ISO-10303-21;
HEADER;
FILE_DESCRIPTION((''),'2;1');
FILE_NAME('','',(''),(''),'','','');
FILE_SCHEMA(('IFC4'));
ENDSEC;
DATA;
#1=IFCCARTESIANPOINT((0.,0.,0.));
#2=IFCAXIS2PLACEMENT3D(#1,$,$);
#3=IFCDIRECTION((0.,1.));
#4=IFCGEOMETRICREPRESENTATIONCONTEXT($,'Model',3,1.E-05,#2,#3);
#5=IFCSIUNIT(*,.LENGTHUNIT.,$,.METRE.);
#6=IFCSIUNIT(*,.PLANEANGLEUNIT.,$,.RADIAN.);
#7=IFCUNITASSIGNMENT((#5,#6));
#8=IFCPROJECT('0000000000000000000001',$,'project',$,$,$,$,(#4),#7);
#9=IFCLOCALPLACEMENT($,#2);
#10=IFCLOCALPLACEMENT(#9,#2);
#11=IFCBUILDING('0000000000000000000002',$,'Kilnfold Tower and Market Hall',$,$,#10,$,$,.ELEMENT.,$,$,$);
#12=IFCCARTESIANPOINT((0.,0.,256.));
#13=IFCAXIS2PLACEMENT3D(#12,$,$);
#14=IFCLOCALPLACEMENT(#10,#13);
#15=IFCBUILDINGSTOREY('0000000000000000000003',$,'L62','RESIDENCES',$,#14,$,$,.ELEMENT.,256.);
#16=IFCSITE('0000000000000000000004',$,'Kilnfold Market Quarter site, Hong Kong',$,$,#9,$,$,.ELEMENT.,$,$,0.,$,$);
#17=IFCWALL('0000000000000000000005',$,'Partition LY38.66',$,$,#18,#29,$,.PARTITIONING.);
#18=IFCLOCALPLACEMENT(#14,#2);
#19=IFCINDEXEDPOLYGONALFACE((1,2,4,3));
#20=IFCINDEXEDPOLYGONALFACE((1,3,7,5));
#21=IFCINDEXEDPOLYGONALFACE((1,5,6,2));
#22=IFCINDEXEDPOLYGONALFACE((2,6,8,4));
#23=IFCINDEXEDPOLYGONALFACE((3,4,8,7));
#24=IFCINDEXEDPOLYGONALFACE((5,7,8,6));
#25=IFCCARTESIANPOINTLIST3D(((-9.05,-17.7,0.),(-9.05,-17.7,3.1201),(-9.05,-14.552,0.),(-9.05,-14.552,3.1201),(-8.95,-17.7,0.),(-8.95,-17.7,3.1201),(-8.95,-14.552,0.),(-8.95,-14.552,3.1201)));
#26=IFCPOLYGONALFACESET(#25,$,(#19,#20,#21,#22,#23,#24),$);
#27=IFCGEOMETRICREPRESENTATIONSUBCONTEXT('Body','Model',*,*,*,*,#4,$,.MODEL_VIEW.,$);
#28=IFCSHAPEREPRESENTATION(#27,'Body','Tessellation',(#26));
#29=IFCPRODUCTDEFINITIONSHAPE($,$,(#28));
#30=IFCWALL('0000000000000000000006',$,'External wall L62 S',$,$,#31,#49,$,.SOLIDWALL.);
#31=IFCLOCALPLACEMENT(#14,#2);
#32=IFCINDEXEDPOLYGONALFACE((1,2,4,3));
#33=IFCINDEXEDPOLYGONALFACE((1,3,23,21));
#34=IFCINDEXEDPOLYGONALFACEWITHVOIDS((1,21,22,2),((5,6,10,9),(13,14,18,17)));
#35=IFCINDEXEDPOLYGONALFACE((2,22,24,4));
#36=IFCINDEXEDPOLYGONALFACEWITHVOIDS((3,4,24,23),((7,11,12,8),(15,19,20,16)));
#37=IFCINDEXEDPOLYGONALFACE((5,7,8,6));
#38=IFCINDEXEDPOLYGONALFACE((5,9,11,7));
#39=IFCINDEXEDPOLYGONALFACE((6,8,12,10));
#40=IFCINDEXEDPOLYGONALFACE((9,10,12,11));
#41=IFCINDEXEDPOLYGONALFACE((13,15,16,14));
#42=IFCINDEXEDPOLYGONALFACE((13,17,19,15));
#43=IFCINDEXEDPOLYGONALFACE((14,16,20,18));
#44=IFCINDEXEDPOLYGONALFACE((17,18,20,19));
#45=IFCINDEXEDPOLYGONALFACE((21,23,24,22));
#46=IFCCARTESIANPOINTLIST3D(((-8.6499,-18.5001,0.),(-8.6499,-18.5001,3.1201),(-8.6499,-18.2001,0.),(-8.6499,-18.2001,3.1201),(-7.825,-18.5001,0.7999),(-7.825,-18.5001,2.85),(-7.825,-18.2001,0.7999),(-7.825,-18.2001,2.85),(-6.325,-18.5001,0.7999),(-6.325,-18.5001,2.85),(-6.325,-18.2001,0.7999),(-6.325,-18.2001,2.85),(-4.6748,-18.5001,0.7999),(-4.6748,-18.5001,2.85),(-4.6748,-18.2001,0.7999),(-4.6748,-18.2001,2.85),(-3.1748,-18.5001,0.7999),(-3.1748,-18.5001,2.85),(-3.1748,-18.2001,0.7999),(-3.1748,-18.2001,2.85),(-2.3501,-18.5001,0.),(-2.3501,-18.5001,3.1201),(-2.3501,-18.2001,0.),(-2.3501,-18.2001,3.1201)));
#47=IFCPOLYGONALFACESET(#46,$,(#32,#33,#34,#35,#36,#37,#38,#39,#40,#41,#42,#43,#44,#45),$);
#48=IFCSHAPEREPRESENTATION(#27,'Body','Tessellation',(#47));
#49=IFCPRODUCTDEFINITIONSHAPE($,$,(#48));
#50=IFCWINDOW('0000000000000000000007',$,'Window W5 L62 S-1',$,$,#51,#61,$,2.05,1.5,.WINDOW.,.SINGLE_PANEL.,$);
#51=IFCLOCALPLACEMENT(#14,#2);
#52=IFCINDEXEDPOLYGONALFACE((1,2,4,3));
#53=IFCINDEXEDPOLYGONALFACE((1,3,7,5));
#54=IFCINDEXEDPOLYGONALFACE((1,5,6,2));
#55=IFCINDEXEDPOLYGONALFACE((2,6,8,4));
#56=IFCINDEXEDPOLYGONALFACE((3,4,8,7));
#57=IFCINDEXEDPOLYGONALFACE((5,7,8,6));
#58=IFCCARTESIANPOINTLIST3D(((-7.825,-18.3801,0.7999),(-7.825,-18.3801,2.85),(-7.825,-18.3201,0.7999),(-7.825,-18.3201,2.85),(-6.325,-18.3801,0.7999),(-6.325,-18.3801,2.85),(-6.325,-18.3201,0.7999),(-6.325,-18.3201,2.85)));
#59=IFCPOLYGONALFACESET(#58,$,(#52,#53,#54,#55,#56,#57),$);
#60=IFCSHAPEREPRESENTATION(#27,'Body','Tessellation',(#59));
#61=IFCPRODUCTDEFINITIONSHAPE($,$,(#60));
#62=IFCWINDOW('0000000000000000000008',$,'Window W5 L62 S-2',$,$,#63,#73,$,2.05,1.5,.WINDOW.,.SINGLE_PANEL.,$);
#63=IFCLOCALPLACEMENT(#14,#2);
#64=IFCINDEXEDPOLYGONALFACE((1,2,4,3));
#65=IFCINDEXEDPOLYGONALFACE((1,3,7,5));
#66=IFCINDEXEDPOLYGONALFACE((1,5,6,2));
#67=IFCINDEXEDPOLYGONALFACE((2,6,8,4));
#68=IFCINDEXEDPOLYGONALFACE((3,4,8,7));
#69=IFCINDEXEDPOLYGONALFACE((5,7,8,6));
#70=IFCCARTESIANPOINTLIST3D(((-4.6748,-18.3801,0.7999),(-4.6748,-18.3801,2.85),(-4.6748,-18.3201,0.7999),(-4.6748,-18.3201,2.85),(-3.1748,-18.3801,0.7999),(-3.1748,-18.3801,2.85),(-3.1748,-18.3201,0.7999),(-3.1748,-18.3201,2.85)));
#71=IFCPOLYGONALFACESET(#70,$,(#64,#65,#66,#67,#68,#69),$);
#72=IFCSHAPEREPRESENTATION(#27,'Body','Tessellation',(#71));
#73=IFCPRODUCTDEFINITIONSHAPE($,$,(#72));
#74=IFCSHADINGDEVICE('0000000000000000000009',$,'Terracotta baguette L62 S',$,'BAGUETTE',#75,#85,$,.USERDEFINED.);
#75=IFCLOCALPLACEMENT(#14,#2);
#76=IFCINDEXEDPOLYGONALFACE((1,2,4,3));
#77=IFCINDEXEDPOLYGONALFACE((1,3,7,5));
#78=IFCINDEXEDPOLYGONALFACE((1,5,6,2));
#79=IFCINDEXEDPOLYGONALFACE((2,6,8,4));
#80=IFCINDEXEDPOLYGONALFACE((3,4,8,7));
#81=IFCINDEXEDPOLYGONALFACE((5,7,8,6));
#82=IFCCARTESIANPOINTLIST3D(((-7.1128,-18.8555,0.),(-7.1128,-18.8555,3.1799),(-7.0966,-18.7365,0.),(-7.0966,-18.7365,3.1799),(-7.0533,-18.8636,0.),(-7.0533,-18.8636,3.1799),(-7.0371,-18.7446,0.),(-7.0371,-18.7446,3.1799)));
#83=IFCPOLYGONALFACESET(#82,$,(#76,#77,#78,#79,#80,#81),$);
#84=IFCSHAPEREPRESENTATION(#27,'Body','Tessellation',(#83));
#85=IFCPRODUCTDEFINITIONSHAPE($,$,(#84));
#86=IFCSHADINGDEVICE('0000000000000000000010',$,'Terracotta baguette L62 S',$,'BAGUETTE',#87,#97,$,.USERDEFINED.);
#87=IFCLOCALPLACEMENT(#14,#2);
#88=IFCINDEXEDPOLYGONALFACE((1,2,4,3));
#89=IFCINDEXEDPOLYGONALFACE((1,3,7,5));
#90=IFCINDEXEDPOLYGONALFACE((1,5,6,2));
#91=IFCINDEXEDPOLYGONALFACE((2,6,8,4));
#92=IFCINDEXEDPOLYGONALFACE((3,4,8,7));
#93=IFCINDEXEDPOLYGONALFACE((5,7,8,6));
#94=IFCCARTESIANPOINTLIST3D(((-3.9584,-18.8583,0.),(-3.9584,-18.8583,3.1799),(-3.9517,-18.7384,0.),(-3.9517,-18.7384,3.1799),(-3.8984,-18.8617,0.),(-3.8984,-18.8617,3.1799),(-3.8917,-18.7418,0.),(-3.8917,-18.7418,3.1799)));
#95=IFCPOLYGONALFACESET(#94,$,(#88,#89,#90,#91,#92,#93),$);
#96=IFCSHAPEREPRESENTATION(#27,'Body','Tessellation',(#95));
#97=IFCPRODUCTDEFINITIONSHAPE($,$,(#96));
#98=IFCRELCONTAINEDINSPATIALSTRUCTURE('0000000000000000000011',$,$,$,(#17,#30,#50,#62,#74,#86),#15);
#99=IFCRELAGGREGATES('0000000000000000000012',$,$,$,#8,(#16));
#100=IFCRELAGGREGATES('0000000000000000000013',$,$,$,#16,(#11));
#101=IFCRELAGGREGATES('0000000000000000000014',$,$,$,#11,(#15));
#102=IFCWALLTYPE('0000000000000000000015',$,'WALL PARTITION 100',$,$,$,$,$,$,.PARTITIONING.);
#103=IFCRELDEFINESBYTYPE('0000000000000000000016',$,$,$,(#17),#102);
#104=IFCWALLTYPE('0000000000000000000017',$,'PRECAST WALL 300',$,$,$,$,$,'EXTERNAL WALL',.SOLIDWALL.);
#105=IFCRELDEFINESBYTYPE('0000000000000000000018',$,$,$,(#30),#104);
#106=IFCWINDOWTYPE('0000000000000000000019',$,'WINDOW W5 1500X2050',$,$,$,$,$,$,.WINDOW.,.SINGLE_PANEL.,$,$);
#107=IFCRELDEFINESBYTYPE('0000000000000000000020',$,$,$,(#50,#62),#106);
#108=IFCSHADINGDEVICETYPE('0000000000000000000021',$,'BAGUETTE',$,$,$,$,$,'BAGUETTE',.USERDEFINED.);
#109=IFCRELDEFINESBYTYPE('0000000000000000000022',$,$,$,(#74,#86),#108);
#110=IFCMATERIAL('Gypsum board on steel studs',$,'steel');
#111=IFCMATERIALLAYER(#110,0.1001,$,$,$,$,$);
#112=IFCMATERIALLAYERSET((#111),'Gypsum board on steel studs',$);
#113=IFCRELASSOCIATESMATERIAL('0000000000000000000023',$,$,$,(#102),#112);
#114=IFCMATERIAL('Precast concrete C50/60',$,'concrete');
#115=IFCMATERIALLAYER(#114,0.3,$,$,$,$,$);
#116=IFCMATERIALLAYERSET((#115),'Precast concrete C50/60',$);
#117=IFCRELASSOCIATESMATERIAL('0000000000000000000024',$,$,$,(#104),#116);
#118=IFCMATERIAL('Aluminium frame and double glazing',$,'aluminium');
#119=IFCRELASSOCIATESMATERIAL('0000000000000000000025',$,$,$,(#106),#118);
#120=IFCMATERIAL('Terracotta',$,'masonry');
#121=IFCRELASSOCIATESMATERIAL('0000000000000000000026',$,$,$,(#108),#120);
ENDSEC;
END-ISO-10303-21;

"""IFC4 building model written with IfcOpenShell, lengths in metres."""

from ifc_helpers import new_model, si_unit, direction, frame, frame_2d, origin, origin_2d, place, context, subcontext, project, spatial, rectangle, extrude, source, transform, mapped, material, layer, layer_set, material_profile, profile_set, type_object, element, fill, save


model = new_model("IFC4")

# Units and contexts
model_context = context("Model", 3, precision=1e-05, world=origin(), true_north=direction((0.0, 1.0)))
body_context = subcontext(model_context, "Body", "Model", "MODEL_VIEW")
ifc_project = project(units=[si_unit("LENGTHUNIT", "METRE"), si_unit("PLANEANGLEUNIT", "RADIAN")], contexts=[model_context])

# Site, building, storey
site_placement = place(None, origin())
site = spatial("IfcSite", under=ifc_project, at=site_placement, Name="Kilnfold Market Quarter site, Hong Kong", CompositionType="ELEMENT", RefElevation=0.0)
building_placement = place(site_placement, origin())
building = spatial("IfcBuilding", under=site, at=building_placement, Name="Kilnfold Tower and Market Hall", CompositionType="ELEMENT")
storey_placement = place(building_placement, frame((0.0, 0.0, 256.0)))
storey = spatial("IfcBuildingStorey", under=building, at=storey_placement, Name="L62", Description="RESIDENCES", CompositionType="ELEMENT", Elevation=256.0)

# Shared definitions
ifc_material_1 = material(Name="Gypsum board on steel studs", Category="steel")
ifc_layer_1 = layer(ifc_material_1, 0.1001)
ifc_layer_set_1 = layer_set([ifc_layer_1], Name="Gypsum board on steel studs")
wall_type_1 = type_object("IfcWallType", Name="WALL PARTITION 100", PredefinedType="PARTITIONING", material=ifc_layer_set_1)

# Wall
wall_1_placement = place(storey_placement, frame((-9.0, -17.7, 0.0), z_axis=(0.0, 0.0, 1.0), x_axis=(0.0, 1.0, 0.0)))
element("IfcWall", 1, at=wall_1_placement, inside=storey, type_object=wall_type_1, Name="Partition LY38.66", PredefinedType="PARTITIONING", context=body_context, shape_type="SweptSolid", body=[
    extrude(rectangle(XDim=3.1479, YDim=0.1001, at=frame_2d((1.574, 0.0))), origin(), (0.0, 0.0, 1.0), 3.1201),
])

# Wall, openings, windows
ifc_material_2 = material(Name="Precast concrete C50/60", Category="concrete")
ifc_layer_2 = layer(ifc_material_2, 0.3)
ifc_layer_set_2 = layer_set([ifc_layer_2], Name="Precast concrete C50/60")
wall_type_2 = type_object("IfcWallType", Name="PRECAST WALL 300", ElementType="EXTERNAL WALL", PredefinedType="SOLIDWALL", material=ifc_layer_set_2)
shared_shape_1 = source(origin(), body_context, "Body", "SweptSolid", [
    extrude(rectangle(XDim=6.2998, YDim=0.3, at=frame_2d((3.1499, 0.0))), origin(), (0.0, 0.0, 1.0), 3.1201),
])
wall_2_placement = place(storey_placement, frame((-8.6499, -18.3501, 0.0), z_axis=(0.0, 0.0, 1.0), x_axis=(1.0, 0.0, 0.0)))
wall_2 = element("IfcWall", 2, at=wall_2_placement, inside=storey, type_object=wall_type_2, Name="External wall L62 S", PredefinedType="SOLIDWALL", context=body_context, shape_type="MappedRepresentation", body=[
    mapped(shared_shape_1, transform((0.0, 0.0, 0.0))),
])
opening_1_placement = place(wall_2_placement, frame((0.825, 0.0, 0.8)))
opening_1 = element("IfcOpeningElement", 3, at=opening_1_placement, cuts=wall_2, PredefinedType="OPENING", context=body_context, shape_type="SweptSolid", body=[
    extrude(rectangle(XDim=1.5, YDim=2.05, at=frame_2d((0.75, 1.0249))), frame((0.0, 0.1602, 0.0), z_axis=(0.0, -1.0, 0.0), x_axis=(1.0, 0.0, 0.0)), (0.0, 0.0, 1.0), 0.3201),
])
opening_2_placement = place(wall_2_placement, frame((3.9751, 0.0, 0.8)))
opening_2 = element("IfcOpeningElement", 4, at=opening_2_placement, cuts=wall_2, PredefinedType="OPENING", context=body_context, shape_type="SweptSolid", body=[
    extrude(rectangle(XDim=1.5, YDim=2.05, at=frame_2d((0.75, 1.0249))), frame((0.0, 0.1602, 0.0), z_axis=(0.0, -1.0, 0.0), x_axis=(1.0, 0.0, 0.0)), (0.0, 0.0, 1.0), 0.3201),
])
ifc_material_3 = material(Name="Aluminium frame and double glazing", Category="aluminium")
window_type = type_object("IfcWindowType", Name="WINDOW W5 1500X2050", PartitioningType="SINGLE_PANEL", PredefinedType="WINDOW", material=ifc_material_3)
window_1_placement = place(opening_1_placement, origin())
window_1 = element("IfcWindow", 5, at=window_1_placement, inside=storey, type_object=window_type, Name="Window W5 L62 S-1", OverallHeight=2.05, OverallWidth=1.5, PartitioningType="SINGLE_PANEL", PredefinedType="WINDOW", context=body_context, shape_type="SweptSolid", body=[
    extrude(rectangle(XDim=1.5, YDim=2.05, at=frame_2d((0.75, 1.0249))), frame((0.0, 0.03, 0.0), z_axis=(0.0, -1.0, 0.0), x_axis=(1.0, 0.0, 0.0)), (0.0, 0.0, 1.0), 0.0601),
])
fill(opening_1, window_1)
window_2_placement = place(opening_2_placement, origin())
window_2 = element("IfcWindow", 6, at=window_2_placement, inside=storey, type_object=window_type, Name="Window W5 L62 S-2", OverallHeight=2.05, OverallWidth=1.5, PartitioningType="SINGLE_PANEL", PredefinedType="WINDOW", context=body_context, shape_type="SweptSolid", body=[
    extrude(rectangle(XDim=1.5, YDim=2.05, at=frame_2d((0.75, 1.0249))), frame((0.0, 0.03, 0.0), z_axis=(0.0, -1.0, 0.0), x_axis=(1.0, 0.0, 0.0)), (0.0, 0.0, 1.0), 0.0601),
])
fill(opening_2, window_2)

# Shading devices
ifc_material_4 = material(Name="Terracotta", Category="masonry")
ifc_material_profile_1 = material_profile(ifc_material_4, rectangle(XDim=0.0601, YDim=0.1201, at=origin_2d()), Name="BAG 60x120")
ifc_profile_set_1 = profile_set([ifc_material_profile_1], Name="Terracotta")
shading_device_type = type_object("IfcShadingDeviceType", Name="BAGUETTE", ElementType="BAGUETTE", PredefinedType="USERDEFINED", material=ifc_profile_set_1)
shared_shape_2 = source(origin(), body_context, "Body", "SweptSolid", [
    extrude(rectangle(XDim=0.0601, YDim=0.1201, at=origin_2d()), origin(), (0.0, 0.0, 1.0), 3.1799),
])
for number, where, z_axis, x_axis, name in (
    (7, (-7.075, -18.8, 0.0), (0.0, 0.0, 1.0), (0.990884, -0.134719, 0.0), "Terracotta baguette L62 S"),
    (8, (-3.925, -18.8, 0.0), (0.0, 0.0, 1.0), (0.998441, -0.055825, 0.0), "Terracotta baguette L62 S"),
):
    element("IfcShadingDevice", number, at=place(storey_placement, frame(where, z_axis=z_axis, x_axis=x_axis)), inside=storey, type_object=shading_device_type, Name=name, ObjectType="BAGUETTE", PredefinedType="USERDEFINED", context=body_context, shape_type="MappedRepresentation", body=[
        mapped(shared_shape_2, transform((0.0, 0.0, 0.0))),
    ])

save(model, "model.ifc")
